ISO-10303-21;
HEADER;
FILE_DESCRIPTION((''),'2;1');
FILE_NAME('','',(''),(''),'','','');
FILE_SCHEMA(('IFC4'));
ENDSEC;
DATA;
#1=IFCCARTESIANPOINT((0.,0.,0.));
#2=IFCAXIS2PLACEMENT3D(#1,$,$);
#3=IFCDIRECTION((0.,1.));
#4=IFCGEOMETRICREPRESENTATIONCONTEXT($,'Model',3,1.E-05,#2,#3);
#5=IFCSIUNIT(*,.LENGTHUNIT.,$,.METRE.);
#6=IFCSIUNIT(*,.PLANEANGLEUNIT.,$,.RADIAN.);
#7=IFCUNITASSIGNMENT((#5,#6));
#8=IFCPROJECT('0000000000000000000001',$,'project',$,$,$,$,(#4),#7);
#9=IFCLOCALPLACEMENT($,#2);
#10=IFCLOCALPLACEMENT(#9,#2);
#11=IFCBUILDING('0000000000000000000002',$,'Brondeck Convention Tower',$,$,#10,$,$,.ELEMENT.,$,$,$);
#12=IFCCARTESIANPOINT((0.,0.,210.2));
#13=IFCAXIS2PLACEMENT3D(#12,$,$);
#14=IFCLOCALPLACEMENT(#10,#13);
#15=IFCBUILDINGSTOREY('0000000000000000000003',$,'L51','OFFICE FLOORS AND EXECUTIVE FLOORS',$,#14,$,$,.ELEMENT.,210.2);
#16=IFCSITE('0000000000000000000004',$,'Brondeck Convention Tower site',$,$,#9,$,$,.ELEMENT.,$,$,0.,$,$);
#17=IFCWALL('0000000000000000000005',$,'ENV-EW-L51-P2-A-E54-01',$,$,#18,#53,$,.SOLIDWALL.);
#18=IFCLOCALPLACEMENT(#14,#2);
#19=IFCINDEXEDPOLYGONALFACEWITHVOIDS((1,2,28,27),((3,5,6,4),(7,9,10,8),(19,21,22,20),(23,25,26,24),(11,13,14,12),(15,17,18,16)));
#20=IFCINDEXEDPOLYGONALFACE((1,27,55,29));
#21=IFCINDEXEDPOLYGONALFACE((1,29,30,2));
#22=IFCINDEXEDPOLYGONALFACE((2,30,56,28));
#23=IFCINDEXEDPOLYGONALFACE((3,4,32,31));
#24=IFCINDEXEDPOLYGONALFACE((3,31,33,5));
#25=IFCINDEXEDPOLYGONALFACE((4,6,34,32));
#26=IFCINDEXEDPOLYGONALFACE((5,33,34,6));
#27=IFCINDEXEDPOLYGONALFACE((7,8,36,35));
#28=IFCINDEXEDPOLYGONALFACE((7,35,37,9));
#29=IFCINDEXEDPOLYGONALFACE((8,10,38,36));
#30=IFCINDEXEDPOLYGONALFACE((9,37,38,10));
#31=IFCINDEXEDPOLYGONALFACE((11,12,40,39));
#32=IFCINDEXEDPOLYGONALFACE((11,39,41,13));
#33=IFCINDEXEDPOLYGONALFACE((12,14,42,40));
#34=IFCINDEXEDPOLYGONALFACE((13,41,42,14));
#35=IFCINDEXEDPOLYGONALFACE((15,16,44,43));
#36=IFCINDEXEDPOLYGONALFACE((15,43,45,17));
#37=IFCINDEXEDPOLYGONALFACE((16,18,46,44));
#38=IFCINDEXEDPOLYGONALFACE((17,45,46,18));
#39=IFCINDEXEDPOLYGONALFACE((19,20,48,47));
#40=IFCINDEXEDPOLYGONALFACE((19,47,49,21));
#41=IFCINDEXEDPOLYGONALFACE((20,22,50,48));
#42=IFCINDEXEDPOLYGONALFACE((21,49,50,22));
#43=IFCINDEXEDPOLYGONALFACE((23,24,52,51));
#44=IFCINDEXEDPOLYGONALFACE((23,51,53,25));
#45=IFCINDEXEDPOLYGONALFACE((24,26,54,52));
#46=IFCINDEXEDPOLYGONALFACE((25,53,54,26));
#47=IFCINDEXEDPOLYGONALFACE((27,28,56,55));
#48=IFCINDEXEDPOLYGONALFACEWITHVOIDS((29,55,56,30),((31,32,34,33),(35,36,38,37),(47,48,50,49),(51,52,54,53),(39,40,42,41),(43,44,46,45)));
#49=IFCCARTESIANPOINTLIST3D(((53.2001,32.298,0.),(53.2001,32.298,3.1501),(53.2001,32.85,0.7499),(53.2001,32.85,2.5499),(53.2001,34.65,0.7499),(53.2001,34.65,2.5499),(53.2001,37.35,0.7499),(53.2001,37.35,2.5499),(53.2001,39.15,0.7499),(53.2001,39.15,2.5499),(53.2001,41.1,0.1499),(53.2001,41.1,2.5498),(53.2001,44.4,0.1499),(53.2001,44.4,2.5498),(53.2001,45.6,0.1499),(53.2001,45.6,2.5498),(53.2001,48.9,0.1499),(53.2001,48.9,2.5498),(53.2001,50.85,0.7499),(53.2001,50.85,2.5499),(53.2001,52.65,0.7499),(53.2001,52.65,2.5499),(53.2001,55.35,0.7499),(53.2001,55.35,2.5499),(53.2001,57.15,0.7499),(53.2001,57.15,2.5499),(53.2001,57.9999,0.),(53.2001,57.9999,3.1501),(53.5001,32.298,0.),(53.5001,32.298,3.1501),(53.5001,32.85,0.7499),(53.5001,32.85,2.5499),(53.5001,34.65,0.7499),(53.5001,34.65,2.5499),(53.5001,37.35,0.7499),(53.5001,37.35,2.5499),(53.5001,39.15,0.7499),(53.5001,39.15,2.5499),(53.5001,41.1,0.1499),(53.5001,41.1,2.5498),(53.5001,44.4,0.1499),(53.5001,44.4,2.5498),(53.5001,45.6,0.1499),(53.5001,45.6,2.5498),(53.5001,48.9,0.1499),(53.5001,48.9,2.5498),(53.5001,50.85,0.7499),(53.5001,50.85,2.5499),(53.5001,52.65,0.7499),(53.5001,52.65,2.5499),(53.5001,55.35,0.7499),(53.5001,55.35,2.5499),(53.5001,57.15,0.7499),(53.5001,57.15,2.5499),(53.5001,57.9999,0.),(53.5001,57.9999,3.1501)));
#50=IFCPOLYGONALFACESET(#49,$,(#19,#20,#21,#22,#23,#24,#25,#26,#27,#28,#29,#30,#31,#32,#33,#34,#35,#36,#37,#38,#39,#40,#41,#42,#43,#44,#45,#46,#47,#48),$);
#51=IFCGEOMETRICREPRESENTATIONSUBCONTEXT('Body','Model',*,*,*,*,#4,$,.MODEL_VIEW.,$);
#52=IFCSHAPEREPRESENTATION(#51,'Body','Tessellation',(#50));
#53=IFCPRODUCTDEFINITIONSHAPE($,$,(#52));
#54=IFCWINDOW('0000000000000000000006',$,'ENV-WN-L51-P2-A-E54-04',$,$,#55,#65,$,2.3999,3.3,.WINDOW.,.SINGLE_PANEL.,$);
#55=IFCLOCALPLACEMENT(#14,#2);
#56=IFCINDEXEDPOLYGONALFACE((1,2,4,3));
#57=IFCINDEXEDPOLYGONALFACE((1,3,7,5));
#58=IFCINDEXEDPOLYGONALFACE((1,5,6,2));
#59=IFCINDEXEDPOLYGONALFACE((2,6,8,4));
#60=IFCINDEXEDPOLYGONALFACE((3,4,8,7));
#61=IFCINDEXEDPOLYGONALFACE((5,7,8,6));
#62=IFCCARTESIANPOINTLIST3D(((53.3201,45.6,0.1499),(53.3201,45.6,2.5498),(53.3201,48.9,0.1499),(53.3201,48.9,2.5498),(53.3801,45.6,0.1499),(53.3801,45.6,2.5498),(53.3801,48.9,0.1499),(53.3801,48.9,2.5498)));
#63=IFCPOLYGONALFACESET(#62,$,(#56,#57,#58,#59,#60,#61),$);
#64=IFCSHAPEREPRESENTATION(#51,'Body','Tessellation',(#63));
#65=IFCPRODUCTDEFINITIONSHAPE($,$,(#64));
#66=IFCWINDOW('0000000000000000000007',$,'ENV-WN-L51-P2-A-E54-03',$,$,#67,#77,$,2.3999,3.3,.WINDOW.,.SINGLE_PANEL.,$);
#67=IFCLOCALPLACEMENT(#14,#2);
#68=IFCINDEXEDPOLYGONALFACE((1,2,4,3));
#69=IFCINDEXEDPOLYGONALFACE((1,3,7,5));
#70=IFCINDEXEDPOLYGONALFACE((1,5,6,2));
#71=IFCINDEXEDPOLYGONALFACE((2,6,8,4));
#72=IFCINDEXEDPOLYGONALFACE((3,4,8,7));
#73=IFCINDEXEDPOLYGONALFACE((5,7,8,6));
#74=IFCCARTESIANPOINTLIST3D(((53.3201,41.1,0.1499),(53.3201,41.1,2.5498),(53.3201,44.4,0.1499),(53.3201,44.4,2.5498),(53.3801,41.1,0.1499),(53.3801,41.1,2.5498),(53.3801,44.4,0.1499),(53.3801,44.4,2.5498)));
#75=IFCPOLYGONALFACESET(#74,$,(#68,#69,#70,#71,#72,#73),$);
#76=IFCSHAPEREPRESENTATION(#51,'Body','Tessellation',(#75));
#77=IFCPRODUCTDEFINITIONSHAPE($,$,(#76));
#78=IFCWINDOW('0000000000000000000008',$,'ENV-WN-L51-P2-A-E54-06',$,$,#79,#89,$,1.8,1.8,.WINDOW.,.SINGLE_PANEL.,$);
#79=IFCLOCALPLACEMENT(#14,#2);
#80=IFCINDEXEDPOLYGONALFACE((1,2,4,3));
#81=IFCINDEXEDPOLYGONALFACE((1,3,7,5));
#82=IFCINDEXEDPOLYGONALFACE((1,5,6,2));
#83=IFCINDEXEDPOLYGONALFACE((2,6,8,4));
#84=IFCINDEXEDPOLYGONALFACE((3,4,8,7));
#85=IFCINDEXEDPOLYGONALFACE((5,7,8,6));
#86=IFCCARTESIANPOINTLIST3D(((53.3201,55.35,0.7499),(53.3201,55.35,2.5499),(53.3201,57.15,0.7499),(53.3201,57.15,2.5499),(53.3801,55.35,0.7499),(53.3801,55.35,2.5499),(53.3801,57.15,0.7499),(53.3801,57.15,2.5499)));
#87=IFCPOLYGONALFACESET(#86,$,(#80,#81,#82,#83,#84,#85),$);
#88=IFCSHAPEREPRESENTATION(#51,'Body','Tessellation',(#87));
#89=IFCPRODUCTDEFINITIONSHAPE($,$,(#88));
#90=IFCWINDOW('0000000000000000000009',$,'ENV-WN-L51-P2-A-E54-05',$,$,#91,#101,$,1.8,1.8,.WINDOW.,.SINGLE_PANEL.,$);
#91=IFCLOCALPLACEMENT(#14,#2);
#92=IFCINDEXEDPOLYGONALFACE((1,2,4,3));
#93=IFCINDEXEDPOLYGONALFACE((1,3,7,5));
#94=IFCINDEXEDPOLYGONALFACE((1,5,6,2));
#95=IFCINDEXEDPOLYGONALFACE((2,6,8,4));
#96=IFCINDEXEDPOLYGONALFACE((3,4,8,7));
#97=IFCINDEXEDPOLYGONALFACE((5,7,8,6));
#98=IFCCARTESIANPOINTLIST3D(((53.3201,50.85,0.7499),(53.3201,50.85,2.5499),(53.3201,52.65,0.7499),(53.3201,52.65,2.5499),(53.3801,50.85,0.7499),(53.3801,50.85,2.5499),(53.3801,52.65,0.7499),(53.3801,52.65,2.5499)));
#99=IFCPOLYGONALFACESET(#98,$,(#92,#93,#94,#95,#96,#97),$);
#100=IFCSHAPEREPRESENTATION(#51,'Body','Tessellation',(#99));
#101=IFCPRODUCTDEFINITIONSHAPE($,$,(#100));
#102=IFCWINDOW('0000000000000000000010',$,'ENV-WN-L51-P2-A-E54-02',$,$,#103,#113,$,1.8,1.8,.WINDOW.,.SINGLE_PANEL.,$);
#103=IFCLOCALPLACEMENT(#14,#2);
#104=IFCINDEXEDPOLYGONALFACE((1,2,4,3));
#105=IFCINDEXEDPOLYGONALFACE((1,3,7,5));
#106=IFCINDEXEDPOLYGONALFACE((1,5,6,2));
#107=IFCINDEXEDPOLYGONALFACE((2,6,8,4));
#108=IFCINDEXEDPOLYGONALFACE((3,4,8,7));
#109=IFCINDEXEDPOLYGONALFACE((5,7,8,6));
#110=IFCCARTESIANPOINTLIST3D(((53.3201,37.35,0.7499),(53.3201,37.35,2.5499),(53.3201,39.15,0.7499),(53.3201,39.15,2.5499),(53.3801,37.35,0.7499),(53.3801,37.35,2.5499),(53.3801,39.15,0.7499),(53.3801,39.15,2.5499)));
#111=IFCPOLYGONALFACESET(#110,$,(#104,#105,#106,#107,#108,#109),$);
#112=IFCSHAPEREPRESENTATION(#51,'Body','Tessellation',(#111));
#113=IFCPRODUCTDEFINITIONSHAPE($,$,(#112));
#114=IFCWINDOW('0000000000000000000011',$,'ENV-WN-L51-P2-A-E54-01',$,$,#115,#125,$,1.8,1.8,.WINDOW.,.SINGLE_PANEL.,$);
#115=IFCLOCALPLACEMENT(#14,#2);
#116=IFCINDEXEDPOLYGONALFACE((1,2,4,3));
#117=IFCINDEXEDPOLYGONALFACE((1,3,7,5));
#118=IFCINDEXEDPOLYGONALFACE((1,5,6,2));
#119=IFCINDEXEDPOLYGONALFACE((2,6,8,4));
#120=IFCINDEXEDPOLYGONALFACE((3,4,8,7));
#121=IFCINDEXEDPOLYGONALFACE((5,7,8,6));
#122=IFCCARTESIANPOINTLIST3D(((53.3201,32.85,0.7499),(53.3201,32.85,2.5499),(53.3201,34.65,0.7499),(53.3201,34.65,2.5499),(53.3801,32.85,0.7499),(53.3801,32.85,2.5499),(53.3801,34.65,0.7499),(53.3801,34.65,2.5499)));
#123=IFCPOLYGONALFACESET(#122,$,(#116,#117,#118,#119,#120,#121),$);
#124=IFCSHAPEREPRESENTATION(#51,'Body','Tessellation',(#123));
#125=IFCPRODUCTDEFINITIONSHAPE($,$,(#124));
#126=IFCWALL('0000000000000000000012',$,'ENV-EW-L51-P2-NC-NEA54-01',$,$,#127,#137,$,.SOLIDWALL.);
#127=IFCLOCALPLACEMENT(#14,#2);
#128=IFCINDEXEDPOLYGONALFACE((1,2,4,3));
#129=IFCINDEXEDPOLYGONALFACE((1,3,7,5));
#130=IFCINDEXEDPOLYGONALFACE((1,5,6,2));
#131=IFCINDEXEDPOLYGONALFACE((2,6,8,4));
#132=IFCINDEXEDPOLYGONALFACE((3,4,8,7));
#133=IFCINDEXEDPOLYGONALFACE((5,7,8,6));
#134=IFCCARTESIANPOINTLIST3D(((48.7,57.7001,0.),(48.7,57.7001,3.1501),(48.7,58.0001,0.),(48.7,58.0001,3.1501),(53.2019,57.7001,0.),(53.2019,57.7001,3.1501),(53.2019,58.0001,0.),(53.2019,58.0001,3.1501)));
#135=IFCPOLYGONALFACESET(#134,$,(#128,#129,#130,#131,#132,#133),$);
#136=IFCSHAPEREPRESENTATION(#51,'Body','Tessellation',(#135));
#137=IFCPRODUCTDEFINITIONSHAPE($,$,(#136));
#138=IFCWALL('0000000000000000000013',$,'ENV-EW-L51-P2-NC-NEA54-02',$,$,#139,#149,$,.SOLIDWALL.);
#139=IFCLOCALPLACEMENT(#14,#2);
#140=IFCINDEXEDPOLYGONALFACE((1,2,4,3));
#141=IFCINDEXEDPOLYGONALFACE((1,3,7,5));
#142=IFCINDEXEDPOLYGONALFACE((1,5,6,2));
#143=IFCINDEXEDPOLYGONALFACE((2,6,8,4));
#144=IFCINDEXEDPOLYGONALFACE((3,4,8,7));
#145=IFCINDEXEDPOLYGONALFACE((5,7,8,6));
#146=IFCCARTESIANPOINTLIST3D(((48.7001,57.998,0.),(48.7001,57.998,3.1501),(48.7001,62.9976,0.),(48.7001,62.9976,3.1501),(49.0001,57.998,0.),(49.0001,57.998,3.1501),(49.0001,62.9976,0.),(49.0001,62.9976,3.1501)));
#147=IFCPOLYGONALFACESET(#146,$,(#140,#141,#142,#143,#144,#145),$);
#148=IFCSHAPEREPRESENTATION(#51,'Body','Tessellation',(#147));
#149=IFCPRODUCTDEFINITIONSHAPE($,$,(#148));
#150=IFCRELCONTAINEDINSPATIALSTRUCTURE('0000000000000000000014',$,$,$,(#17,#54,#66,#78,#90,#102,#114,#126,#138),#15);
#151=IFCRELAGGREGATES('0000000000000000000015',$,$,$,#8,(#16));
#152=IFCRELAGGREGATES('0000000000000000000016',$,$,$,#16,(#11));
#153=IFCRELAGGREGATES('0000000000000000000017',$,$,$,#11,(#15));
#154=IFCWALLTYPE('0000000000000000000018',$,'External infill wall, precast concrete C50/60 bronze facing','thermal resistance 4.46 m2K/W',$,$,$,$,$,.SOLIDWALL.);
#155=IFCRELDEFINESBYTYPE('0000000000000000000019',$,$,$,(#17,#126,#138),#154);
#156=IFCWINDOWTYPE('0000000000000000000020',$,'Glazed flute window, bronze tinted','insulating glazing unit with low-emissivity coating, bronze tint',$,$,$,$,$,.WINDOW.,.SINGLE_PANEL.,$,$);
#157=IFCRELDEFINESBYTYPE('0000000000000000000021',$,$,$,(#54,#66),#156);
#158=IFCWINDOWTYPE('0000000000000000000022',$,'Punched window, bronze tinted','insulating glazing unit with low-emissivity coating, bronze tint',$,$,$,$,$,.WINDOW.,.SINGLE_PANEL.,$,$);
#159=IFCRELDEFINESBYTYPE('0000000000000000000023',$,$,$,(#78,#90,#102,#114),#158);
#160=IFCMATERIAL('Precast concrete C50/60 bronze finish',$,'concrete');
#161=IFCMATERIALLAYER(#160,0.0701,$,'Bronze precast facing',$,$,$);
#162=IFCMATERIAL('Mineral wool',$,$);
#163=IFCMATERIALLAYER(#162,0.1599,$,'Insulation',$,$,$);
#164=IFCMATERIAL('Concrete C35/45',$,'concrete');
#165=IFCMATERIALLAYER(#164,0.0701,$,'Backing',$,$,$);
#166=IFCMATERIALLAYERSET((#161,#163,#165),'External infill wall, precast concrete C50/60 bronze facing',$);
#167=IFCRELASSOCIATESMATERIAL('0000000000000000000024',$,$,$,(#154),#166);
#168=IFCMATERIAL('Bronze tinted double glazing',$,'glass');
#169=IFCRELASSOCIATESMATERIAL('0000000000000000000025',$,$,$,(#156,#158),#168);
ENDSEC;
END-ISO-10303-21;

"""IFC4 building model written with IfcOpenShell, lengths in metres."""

from ifc_helpers import new_model, si_unit, direction, frame, frame_2d, origin, place, context, subcontext, project, spatial, rectangle, extrude, material, layer, layer_set, type_object, element, fill, save


model = new_model("IFC4")

# Units and contexts
model_context = context("Model", 3, precision=1e-05, world=origin(), true_north=direction((0.0, 1.0)))
body_context = subcontext(model_context, "Body", "Model", "MODEL_VIEW")
ifc_project = project(units=[si_unit("LENGTHUNIT", "METRE"), si_unit("PLANEANGLEUNIT", "RADIAN")], contexts=[model_context])

# Site, building, storey
site_placement = place(None, origin())
site = spatial("IfcSite", under=ifc_project, at=site_placement, Name="Brondeck Convention Tower site", CompositionType="ELEMENT", RefElevation=0.0)
building_placement = place(site_placement, origin())
building = spatial("IfcBuilding", under=site, at=building_placement, Name="Brondeck Convention Tower", CompositionType="ELEMENT")
storey_placement = place(building_placement, frame((0.0, 0.0, 210.2)))
storey = spatial("IfcBuildingStorey", under=building, at=storey_placement, Name="L51", Description="OFFICE FLOORS AND EXECUTIVE FLOORS", CompositionType="ELEMENT", Elevation=210.2)

# Wall, openings, windows
ifc_material_1 = material(Name="Precast concrete C50/60 bronze finish", Category="concrete")
ifc_layer_1 = layer(ifc_material_1, 0.0701, Name="Bronze precast facing")
ifc_material_2 = material(Name="Mineral wool")
ifc_layer_2 = layer(ifc_material_2, 0.1599, Name="Insulation")
ifc_material_3 = material(Name="Concrete C35/45", Category="concrete")
ifc_layer_3 = layer(ifc_material_3, 0.0701, Name="Backing")
ifc_layer_set_1 = layer_set([ifc_layer_1, ifc_layer_2, ifc_layer_3], Name="External infill wall, precast concrete C50/60 bronze facing")
wall_type_1 = type_object("IfcWallType", Name="External infill wall, precast concrete C50/60 bronze facing", Description="thermal resistance 4.46 m2K/W", PredefinedType="SOLIDWALL", material=ifc_layer_set_1)
wall_1_placement = place(storey_placement, frame((53.3501, 58.0, 0.0), z_axis=(0.0, 0.0, 1.0), x_axis=(0.0, -1.0, 0.0)))
wall_1 = element("IfcWall", 1, at=wall_1_placement, inside=storey, type_object=wall_type_1, Name="ENV-EW-L51-P2-A-E54-01", PredefinedType="SOLIDWALL", context=body_context, shape_type="SweptSolid", body=[
    extrude(rectangle(XDim=25.7019, YDim=0.3, at=frame_2d((12.8511, 0.0))), origin(), (0.0, 0.0, 1.0), 3.1501),
])
opening_1_placement = place(wall_1_placement, frame((0.8501, 0.0, 0.75)))
opening_1 = element("IfcOpeningElement", 2, at=opening_1_placement, cuts=wall_1, PredefinedType="OPENING", context=body_context, shape_type="SweptSolid", body=[
    extrude(rectangle(XDim=1.8, YDim=1.8, at=frame_2d((0.8999, 0.8999))), frame((0.0, 0.1599, 0.0), z_axis=(0.0, -1.0, 0.0), x_axis=(1.0, 0.0, 0.0)), (0.0, 0.0, 1.0), 0.3201),
])
opening_2_placement = place(wall_1_placement, frame((5.3501, 0.0, 0.75)))
opening_2 = element("IfcOpeningElement", 3, at=opening_2_placement, cuts=wall_1, PredefinedType="OPENING", context=body_context, shape_type="SweptSolid", body=[
    extrude(rectangle(XDim=1.8, YDim=1.8, at=frame_2d((0.8999, 0.8999))), frame((0.0, 0.1599, 0.0), z_axis=(0.0, -1.0, 0.0), x_axis=(1.0, 0.0, 0.0)), (0.0, 0.0, 1.0), 0.3201),
])
opening_3_placement = place(wall_1_placement, frame((9.1001, 0.0, 0.1499)))
opening_3 = element("IfcOpeningElement", 4, at=opening_3_placement, cuts=wall_1, PredefinedType="OPENING", context=body_context, shape_type="SweptSolid", body=[
    extrude(rectangle(XDim=3.3, YDim=2.3999, at=frame_2d((1.6499, 1.2))), frame((0.0, 0.1599, 0.0), z_axis=(0.0, -1.0, 0.0), x_axis=(1.0, 0.0, 0.0)), (0.0, 0.0, 1.0), 0.3201),
])
opening_4_placement = place(wall_1_placement, frame((13.6001, 0.0, 0.1499)))
opening_4 = element("IfcOpeningElement", 5, at=opening_4_placement, cuts=wall_1, PredefinedType="OPENING", context=body_context, shape_type="SweptSolid", body=[
    extrude(rectangle(XDim=3.3, YDim=2.3999, at=frame_2d((1.6499, 1.2))), frame((0.0, 0.1599, 0.0), z_axis=(0.0, -1.0, 0.0), x_axis=(1.0, 0.0, 0.0)), (0.0, 0.0, 1.0), 0.3201),
])
opening_5_placement = place(wall_1_placement, frame((18.8501, 0.0, 0.75)))
opening_5 = element("IfcOpeningElement", 6, at=opening_5_placement, cuts=wall_1, PredefinedType="OPENING", context=body_context, shape_type="SweptSolid", body=[
    extrude(rectangle(XDim=1.8, YDim=1.8, at=frame_2d((0.8999, 0.8999))), frame((0.0, 0.1599, 0.0), z_axis=(0.0, -1.0, 0.0), x_axis=(1.0, 0.0, 0.0)), (0.0, 0.0, 1.0), 0.3201),
])
opening_6_placement = place(wall_1_placement, frame((23.3501, 0.0, 0.75)))
opening_6 = element("IfcOpeningElement", 7, at=opening_6_placement, cuts=wall_1, PredefinedType="OPENING", context=body_context, shape_type="SweptSolid", body=[
    extrude(rectangle(XDim=1.8, YDim=1.8, at=frame_2d((0.8999, 0.8999))), frame((0.0, 0.1599, 0.0), z_axis=(0.0, -1.0, 0.0), x_axis=(1.0, 0.0, 0.0)), (0.0, 0.0, 1.0), 0.3201),
])
ifc_material_4 = material(Name="Bronze tinted double glazing", Category="glass")
window_type_1 = type_object("IfcWindowType", Name="Glazed flute window, bronze tinted", Description="insulating glazing unit with low-emissivity coating, bronze tint", PartitioningType="SINGLE_PANEL", PredefinedType="WINDOW", material=ifc_material_4)
window_1_placement = place(opening_3_placement, origin())
window_1 = element("IfcWindow", 8, at=window_1_placement, inside=storey, type_object=window_type_1, Name="ENV-WN-L51-P2-A-E54-04", OverallHeight=2.3999, OverallWidth=3.3, PartitioningType="SINGLE_PANEL", PredefinedType="WINDOW", context=body_context, shape_type="SweptSolid", body=[
    extrude(rectangle(XDim=3.3, YDim=2.3999, at=frame_2d((1.6499, 1.2))), frame((0.0, 0.03, 0.0), z_axis=(0.0, -1.0, 0.0), x_axis=(1.0, 0.0, 0.0)), (0.0, 0.0, 1.0), 0.0601),
])
fill(opening_3, window_1)
window_2_placement = place(opening_4_placement, origin())
window_2 = element("IfcWindow", 9, at=window_2_placement, inside=storey, type_object=window_type_1, Name="ENV-WN-L51-P2-A-E54-03", OverallHeight=2.3999, OverallWidth=3.3, PartitioningType="SINGLE_PANEL", PredefinedType="WINDOW", context=body_context, shape_type="SweptSolid", body=[
    extrude(rectangle(XDim=3.3, YDim=2.3999, at=frame_2d((1.6499, 1.2))), frame((0.0, 0.03, 0.0), z_axis=(0.0, -1.0, 0.0), x_axis=(1.0, 0.0, 0.0)), (0.0, 0.0, 1.0), 0.0601),
])
fill(opening_4, window_2)
window_type_2 = type_object("IfcWindowType", Name="Punched window, bronze tinted", Description="insulating glazing unit with low-emissivity coating, bronze tint", PartitioningType="SINGLE_PANEL", PredefinedType="WINDOW", material=ifc_material_4)
window_3_placement = place(opening_1_placement, origin())
window_3 = element("IfcWindow", 10, at=window_3_placement, inside=storey, type_object=window_type_2, Name="ENV-WN-L51-P2-A-E54-06", OverallHeight=1.8, OverallWidth=1.8, PartitioningType="SINGLE_PANEL", PredefinedType="WINDOW", context=body_context, shape_type="SweptSolid", body=[
    extrude(rectangle(XDim=1.8, YDim=1.8, at=frame_2d((0.8999, 0.8999))), frame((0.0, 0.03, 0.0), z_axis=(0.0, -1.0, 0.0), x_axis=(1.0, 0.0, 0.0)), (0.0, 0.0, 1.0), 0.0601),
])
fill(opening_1, window_3)
window_4_placement = place(opening_2_placement, origin())
window_4 = element("IfcWindow", 11, at=window_4_placement, inside=storey, type_object=window_type_2, Name="ENV-WN-L51-P2-A-E54-05", OverallHeight=1.8, OverallWidth=1.8, PartitioningType="SINGLE_PANEL", PredefinedType="WINDOW", context=body_context, shape_type="SweptSolid", body=[
    extrude(rectangle(XDim=1.8, YDim=1.8, at=frame_2d((0.8999, 0.8999))), frame((0.0, 0.03, 0.0), z_axis=(0.0, -1.0, 0.0), x_axis=(1.0, 0.0, 0.0)), (0.0, 0.0, 1.0), 0.0601),
])
fill(opening_2, window_4)
window_5_placement = place(opening_5_placement, origin())
window_5 = element("IfcWindow", 12, at=window_5_placement, inside=storey, type_object=window_type_2, Name="ENV-WN-L51-P2-A-E54-02", OverallHeight=1.8, OverallWidth=1.8, PartitioningType="SINGLE_PANEL", PredefinedType="WINDOW", context=body_context, shape_type="SweptSolid", body=[
    extrude(rectangle(XDim=1.8, YDim=1.8, at=frame_2d((0.8999, 0.8999))), frame((0.0, 0.03, 0.0), z_axis=(0.0, -1.0, 0.0), x_axis=(1.0, 0.0, 0.0)), (0.0, 0.0, 1.0), 0.0601),
])
fill(opening_5, window_5)
window_6_placement = place(opening_6_placement, origin())
window_6 = element("IfcWindow", 13, at=window_6_placement, inside=storey, type_object=window_type_2, Name="ENV-WN-L51-P2-A-E54-01", OverallHeight=1.8, OverallWidth=1.8, PartitioningType="SINGLE_PANEL", PredefinedType="WINDOW", context=body_context, shape_type="SweptSolid", body=[
    extrude(rectangle(XDim=1.8, YDim=1.8, at=frame_2d((0.8999, 0.8999))), frame((0.0, 0.03, 0.0), z_axis=(0.0, -1.0, 0.0), x_axis=(1.0, 0.0, 0.0)), (0.0, 0.0, 1.0), 0.0601),
])
fill(opening_6, window_6)

# Walls
wall_2_placement = place(storey_placement, frame((48.7, 57.8501, 0.0), z_axis=(0.0, 0.0, 1.0), x_axis=(1.0, 0.0, 0.0)))
element("IfcWall", 14, at=wall_2_placement, inside=storey, type_object=wall_type_1, Name="ENV-EW-L51-P2-NC-NEA54-01", PredefinedType="SOLIDWALL", context=body_context, shape_type="SweptSolid", body=[
    extrude(rectangle(XDim=4.502, YDim=0.3, at=frame_2d((2.251, 0.0))), origin(), (0.0, 0.0, 1.0), 3.1501),
])
wall_3_placement = place(storey_placement, frame((48.8501, 62.9976, 0.0), z_axis=(0.0, 0.0, 1.0), x_axis=(0.0, -1.0, 0.0)))
element("IfcWall", 15, at=wall_3_placement, inside=storey, type_object=wall_type_1, Name="ENV-EW-L51-P2-NC-NEA54-02", PredefinedType="SOLIDWALL", context=body_context, shape_type="SweptSolid", body=[
    extrude(rectangle(XDim=4.9995, YDim=0.3, at=frame_2d((2.4998, 0.0))), origin(), (0.0, 0.0, 1.0), 3.1501),
])

save(model, "model.ifc")
